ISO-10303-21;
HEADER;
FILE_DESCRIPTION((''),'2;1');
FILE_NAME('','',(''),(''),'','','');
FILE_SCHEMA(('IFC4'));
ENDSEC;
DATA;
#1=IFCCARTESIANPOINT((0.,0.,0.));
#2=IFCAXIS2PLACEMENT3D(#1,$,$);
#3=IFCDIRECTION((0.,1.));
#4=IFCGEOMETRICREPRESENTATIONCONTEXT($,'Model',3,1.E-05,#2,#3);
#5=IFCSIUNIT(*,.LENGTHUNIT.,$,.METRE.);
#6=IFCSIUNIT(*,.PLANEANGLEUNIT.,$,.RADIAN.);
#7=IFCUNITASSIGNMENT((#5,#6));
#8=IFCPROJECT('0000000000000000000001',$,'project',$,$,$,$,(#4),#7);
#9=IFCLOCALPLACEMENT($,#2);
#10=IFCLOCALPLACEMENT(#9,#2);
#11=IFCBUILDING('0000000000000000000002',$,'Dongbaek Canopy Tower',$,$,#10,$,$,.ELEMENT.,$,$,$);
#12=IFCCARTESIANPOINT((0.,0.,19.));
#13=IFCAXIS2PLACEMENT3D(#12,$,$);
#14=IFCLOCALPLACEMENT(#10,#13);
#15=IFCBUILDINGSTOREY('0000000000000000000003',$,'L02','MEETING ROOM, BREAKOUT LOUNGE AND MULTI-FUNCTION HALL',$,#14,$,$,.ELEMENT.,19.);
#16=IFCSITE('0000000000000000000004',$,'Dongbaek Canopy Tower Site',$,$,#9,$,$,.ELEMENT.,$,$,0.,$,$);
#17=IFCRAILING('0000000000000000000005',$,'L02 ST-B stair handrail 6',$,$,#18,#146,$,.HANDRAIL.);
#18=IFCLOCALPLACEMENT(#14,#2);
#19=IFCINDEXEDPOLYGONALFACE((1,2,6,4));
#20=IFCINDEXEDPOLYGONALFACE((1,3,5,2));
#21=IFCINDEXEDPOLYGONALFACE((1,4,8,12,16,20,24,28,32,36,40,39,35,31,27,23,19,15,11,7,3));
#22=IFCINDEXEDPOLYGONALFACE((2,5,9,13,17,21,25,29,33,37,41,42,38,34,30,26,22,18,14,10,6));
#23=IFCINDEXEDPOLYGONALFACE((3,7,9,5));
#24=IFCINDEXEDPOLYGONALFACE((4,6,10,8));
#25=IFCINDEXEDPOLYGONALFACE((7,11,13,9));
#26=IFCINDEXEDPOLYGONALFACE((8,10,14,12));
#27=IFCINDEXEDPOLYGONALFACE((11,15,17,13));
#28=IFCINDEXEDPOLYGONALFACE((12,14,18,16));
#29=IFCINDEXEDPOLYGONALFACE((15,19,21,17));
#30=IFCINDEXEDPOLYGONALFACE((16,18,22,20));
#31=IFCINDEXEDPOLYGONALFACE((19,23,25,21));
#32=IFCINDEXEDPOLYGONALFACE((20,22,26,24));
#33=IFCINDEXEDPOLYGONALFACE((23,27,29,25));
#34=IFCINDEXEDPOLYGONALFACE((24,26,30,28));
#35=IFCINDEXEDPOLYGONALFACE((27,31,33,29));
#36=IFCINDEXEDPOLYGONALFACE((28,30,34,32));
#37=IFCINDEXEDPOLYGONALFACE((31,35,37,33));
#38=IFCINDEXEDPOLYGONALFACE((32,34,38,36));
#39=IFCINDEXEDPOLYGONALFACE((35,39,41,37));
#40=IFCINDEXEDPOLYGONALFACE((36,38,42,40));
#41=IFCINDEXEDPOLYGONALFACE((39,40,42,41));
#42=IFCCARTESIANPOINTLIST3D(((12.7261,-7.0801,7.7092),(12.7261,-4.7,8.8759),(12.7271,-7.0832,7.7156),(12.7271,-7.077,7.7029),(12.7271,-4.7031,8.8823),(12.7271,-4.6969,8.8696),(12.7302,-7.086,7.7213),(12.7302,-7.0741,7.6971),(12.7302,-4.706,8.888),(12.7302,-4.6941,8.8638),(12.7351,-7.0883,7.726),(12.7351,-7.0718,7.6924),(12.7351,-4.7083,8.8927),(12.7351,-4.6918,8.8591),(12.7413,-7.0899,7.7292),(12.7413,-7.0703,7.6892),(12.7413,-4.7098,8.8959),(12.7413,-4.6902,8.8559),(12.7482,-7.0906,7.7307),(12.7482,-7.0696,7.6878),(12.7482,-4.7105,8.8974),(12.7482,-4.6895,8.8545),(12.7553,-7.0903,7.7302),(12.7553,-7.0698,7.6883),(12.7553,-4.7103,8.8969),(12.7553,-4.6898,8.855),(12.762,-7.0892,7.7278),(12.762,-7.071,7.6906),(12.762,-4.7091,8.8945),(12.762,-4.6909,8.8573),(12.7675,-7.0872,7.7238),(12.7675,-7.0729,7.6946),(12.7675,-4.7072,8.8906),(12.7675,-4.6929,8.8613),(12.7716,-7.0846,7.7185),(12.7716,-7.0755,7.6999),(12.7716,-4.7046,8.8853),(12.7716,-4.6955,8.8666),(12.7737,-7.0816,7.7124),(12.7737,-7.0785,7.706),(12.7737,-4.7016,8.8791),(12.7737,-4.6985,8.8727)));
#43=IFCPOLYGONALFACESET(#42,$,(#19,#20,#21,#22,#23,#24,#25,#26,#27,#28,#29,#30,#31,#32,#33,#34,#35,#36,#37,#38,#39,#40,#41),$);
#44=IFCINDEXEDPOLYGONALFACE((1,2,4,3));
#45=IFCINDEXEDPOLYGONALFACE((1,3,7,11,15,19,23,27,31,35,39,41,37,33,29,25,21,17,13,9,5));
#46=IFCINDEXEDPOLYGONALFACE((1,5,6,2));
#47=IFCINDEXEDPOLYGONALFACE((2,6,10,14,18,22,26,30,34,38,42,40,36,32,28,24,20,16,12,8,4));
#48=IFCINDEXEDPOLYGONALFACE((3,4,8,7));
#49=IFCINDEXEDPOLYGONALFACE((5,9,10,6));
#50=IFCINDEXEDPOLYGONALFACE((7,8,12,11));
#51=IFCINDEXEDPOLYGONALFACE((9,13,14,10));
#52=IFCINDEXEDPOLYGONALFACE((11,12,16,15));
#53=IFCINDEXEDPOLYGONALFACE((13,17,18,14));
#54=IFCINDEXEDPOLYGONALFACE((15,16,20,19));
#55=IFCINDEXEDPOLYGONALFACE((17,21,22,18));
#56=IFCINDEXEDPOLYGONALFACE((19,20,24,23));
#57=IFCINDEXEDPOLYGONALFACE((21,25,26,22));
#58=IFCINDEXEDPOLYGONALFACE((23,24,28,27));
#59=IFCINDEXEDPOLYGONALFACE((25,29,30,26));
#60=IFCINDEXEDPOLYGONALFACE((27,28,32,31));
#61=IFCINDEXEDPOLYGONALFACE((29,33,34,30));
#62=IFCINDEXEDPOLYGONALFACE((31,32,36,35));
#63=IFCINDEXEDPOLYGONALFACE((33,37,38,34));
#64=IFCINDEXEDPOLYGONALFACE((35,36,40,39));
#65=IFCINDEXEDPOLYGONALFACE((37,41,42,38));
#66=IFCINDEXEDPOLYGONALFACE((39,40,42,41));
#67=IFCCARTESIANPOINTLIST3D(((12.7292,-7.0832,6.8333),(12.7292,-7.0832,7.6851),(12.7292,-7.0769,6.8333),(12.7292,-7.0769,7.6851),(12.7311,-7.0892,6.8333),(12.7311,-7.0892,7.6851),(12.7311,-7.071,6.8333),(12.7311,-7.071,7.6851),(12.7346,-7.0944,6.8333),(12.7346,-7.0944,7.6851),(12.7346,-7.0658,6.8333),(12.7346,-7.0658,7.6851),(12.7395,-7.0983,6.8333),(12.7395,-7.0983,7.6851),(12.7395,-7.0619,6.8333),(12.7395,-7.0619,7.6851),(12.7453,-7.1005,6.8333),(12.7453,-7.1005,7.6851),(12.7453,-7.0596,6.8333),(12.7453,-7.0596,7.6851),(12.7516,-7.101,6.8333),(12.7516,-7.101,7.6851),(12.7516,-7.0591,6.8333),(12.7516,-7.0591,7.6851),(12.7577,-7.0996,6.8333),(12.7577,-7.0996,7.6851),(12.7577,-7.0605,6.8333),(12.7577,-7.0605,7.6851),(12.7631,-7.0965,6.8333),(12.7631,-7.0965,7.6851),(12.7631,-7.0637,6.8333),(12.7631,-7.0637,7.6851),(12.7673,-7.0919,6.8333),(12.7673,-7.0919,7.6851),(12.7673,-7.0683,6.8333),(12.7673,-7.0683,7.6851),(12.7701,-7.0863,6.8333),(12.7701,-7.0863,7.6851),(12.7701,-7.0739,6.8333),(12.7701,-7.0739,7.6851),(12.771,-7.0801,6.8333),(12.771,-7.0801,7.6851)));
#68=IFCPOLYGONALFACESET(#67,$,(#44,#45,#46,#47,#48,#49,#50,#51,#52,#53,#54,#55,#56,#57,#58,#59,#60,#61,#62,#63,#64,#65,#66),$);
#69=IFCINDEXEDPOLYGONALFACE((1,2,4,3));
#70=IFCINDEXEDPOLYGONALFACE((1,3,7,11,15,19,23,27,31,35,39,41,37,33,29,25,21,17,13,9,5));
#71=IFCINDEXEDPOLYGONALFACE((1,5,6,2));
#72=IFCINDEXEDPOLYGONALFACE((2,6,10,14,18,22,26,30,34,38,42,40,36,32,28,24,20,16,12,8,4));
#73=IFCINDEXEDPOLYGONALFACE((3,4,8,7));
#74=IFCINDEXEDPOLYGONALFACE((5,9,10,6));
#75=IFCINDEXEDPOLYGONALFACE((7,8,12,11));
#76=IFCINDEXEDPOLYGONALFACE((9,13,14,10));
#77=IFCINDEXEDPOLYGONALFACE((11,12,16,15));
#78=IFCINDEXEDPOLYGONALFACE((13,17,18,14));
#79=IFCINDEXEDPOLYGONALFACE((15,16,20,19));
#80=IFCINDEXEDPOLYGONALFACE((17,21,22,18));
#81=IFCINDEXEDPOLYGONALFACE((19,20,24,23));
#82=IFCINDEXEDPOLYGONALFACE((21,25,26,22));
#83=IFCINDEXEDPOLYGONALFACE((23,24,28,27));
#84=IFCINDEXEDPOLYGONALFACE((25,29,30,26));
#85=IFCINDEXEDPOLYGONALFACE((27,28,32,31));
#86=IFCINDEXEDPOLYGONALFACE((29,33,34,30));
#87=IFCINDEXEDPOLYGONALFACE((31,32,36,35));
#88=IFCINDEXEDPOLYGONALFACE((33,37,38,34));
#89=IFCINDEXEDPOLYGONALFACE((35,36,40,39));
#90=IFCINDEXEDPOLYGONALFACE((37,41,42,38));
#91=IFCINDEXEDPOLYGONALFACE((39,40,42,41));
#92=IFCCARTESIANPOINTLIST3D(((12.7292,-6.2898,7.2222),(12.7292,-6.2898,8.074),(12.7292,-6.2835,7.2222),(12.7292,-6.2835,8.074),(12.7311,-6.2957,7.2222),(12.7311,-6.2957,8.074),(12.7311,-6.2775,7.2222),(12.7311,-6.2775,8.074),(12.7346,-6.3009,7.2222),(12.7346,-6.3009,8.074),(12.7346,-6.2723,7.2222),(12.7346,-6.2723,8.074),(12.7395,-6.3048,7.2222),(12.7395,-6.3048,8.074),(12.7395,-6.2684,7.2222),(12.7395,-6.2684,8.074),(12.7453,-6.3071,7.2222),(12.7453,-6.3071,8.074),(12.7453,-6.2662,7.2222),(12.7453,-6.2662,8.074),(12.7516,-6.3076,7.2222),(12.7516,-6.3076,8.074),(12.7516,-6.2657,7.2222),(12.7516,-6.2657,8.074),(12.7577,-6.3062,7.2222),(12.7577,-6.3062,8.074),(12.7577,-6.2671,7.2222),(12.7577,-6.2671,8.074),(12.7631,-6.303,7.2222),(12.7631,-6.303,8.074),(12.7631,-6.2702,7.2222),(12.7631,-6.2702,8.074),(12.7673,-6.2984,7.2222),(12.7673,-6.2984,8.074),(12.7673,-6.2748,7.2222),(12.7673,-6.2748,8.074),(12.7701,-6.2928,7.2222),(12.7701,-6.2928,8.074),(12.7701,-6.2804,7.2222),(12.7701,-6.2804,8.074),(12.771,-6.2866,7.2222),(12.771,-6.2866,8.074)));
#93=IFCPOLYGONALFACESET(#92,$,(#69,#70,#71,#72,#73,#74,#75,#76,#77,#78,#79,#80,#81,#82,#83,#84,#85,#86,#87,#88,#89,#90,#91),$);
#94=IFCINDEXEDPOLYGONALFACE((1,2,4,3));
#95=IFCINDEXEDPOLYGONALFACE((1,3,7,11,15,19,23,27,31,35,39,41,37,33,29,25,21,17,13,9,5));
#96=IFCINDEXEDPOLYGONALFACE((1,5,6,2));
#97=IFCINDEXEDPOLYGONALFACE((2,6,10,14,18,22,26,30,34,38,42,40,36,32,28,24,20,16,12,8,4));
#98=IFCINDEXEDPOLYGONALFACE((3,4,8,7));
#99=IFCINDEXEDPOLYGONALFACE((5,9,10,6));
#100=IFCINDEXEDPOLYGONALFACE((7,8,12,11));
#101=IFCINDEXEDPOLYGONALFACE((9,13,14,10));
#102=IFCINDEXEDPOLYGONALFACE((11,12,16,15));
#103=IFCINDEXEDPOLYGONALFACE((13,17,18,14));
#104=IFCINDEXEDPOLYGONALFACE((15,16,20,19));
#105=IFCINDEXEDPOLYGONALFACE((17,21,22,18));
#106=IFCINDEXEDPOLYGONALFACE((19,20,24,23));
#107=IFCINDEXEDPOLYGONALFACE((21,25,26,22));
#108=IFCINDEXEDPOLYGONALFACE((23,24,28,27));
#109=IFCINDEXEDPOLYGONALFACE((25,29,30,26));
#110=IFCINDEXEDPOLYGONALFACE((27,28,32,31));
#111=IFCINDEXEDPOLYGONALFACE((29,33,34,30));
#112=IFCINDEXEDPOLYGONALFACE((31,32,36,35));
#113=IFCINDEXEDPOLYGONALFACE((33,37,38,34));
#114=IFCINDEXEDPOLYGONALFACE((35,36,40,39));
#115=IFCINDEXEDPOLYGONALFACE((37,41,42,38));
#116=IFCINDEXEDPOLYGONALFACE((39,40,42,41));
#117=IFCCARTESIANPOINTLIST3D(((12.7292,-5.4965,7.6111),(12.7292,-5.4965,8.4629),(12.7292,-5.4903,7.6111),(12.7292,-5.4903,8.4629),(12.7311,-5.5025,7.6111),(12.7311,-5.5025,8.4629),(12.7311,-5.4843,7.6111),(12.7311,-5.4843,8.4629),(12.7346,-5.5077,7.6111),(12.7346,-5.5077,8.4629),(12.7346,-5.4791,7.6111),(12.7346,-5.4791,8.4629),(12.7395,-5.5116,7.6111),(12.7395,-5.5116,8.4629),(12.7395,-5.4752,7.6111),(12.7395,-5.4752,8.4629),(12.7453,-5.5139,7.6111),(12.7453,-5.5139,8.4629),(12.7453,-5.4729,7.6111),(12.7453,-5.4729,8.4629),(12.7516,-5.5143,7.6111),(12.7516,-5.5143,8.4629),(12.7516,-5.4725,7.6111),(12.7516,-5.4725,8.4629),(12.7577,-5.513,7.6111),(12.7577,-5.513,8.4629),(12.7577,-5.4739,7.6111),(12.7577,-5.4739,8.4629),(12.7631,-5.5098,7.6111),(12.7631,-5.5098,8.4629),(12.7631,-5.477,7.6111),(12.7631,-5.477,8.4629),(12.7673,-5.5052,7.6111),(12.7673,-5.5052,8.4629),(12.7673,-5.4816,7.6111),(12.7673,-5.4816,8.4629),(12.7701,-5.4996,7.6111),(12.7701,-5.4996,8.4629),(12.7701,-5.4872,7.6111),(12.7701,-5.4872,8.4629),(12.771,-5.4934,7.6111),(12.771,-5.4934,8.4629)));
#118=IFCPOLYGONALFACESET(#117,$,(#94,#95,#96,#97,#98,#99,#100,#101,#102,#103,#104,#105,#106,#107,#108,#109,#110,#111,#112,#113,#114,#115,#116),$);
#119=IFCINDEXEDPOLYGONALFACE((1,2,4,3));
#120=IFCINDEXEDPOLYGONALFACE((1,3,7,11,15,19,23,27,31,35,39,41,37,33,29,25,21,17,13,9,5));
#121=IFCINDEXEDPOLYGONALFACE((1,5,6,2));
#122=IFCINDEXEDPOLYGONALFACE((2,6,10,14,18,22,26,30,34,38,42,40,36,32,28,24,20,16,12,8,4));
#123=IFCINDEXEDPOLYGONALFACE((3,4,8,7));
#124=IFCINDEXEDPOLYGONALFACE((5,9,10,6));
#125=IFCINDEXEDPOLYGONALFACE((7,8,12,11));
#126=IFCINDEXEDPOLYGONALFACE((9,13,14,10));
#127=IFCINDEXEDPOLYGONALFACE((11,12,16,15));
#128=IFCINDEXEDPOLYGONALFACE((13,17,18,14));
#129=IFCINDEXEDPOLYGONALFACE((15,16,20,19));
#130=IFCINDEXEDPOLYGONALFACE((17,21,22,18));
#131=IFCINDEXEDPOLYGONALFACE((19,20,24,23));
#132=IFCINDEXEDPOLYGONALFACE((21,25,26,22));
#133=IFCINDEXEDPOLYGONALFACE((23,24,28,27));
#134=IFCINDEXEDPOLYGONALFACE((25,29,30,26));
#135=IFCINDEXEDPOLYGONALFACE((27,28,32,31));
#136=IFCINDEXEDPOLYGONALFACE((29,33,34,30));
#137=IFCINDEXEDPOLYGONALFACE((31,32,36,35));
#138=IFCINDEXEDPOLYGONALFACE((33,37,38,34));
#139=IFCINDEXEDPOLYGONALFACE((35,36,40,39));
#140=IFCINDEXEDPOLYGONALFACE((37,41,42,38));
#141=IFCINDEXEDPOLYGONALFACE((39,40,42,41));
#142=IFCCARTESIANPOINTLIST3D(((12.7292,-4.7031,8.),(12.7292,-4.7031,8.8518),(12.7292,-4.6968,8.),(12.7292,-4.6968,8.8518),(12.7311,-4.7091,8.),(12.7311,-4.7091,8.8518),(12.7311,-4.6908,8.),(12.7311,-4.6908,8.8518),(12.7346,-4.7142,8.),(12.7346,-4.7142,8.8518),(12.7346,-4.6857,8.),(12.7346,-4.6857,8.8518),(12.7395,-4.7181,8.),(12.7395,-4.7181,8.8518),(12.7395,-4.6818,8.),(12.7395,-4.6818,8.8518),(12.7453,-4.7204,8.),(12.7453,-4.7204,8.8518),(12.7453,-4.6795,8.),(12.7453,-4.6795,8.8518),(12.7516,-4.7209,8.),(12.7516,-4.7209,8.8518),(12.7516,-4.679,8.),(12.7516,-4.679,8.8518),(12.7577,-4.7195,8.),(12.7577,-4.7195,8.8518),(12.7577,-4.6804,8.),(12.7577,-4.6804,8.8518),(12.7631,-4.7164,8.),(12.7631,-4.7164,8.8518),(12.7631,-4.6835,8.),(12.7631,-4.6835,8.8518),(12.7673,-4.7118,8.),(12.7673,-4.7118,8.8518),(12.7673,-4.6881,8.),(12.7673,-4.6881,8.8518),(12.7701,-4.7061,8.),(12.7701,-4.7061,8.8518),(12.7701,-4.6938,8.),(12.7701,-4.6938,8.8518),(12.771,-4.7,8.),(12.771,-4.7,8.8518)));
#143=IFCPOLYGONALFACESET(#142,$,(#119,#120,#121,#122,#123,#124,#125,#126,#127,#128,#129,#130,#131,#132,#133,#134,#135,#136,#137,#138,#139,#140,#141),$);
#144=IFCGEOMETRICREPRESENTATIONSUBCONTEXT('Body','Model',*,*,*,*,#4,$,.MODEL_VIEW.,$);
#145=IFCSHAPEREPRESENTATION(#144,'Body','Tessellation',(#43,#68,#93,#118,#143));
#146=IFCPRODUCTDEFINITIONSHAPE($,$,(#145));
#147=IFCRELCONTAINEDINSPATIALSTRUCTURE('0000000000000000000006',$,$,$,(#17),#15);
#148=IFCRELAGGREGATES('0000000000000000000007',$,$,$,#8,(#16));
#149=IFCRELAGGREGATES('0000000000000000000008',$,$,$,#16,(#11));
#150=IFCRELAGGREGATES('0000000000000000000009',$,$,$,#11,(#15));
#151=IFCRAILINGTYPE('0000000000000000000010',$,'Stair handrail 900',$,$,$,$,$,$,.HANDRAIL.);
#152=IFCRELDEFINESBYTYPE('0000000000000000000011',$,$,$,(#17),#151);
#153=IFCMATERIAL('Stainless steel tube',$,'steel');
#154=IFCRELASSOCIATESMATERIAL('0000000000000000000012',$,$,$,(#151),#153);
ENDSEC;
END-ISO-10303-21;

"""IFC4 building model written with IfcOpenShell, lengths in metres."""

from ifc_helpers import new_model, si_unit, direction, frame, origin, origin_2d, place, context, subcontext, project, spatial, circle, extrude, material, type_object, element, save


model = new_model("IFC4")

# Units and contexts
model_context = context("Model", 3, precision=1e-05, world=origin(), true_north=direction((0.0, 1.0)))
body_context = subcontext(model_context, "Body", "Model", "MODEL_VIEW")
ifc_project = project(units=[si_unit("LENGTHUNIT", "METRE"), si_unit("PLANEANGLEUNIT", "RADIAN")], contexts=[model_context])

# Site, building, storey
site_placement = place(None, origin())
site = spatial("IfcSite", under=ifc_project, at=site_placement, Name="Dongbaek Canopy Tower Site", CompositionType="ELEMENT", RefElevation=0.0)
building_placement = place(site_placement, origin())
building = spatial("IfcBuilding", under=site, at=building_placement, Name="Dongbaek Canopy Tower", CompositionType="ELEMENT")
storey_placement = place(building_placement, frame((0.0, 0.0, 19.0)))
storey = spatial("IfcBuildingStorey", under=building, at=storey_placement, Name="L02", Description="MEETING ROOM, BREAKOUT LOUNGE AND MULTI-FUNCTION HALL", CompositionType="ELEMENT", Elevation=19.0)

# Railing
ifc_material_1 = material(Name="Stainless steel tube", Category="steel")
railing_type_1 = type_object("IfcRailingType", Name="Stair handrail 900", PredefinedType="HANDRAIL", material=ifc_material_1)
railing_1_placement = place(storey_placement, frame((12.75, -7.0801, 6.8333)))
element("IfcRailing", 1, at=railing_1_placement, inside=storey, type_object=railing_type_1, Name="L02 ST-B stair handrail 6", PredefinedType="HANDRAIL", context=body_context, shape_type="SweptSolid", body=[
    extrude(circle(Radius=0.0239, at=origin_2d()), frame((0.0, 0.0, 0.876), z_axis=(0.0, 0.897918, 0.440163), x_axis=(-1.0, 0.0, 0.0)), (0.0, 0.0, 1.0), 2.6506),
    extrude(circle(Radius=0.021, at=origin_2d()), origin(), (0.0, 0.0, 1.0), 0.8518),
    extrude(circle(Radius=0.021, at=origin_2d()), frame((0.0, 0.7935, 0.3889)), (0.0, 0.0, 1.0), 0.8518),
    extrude(circle(Radius=0.021, at=origin_2d()), frame((0.0, 1.5867, 0.7778)), (0.0, 0.0, 1.0), 0.8518),
    extrude(circle(Radius=0.021, at=origin_2d()), frame((0.0, 2.3801, 1.1667)), (0.0, 0.0, 1.0), 0.8518),
])

save(model, "model.ifc")
